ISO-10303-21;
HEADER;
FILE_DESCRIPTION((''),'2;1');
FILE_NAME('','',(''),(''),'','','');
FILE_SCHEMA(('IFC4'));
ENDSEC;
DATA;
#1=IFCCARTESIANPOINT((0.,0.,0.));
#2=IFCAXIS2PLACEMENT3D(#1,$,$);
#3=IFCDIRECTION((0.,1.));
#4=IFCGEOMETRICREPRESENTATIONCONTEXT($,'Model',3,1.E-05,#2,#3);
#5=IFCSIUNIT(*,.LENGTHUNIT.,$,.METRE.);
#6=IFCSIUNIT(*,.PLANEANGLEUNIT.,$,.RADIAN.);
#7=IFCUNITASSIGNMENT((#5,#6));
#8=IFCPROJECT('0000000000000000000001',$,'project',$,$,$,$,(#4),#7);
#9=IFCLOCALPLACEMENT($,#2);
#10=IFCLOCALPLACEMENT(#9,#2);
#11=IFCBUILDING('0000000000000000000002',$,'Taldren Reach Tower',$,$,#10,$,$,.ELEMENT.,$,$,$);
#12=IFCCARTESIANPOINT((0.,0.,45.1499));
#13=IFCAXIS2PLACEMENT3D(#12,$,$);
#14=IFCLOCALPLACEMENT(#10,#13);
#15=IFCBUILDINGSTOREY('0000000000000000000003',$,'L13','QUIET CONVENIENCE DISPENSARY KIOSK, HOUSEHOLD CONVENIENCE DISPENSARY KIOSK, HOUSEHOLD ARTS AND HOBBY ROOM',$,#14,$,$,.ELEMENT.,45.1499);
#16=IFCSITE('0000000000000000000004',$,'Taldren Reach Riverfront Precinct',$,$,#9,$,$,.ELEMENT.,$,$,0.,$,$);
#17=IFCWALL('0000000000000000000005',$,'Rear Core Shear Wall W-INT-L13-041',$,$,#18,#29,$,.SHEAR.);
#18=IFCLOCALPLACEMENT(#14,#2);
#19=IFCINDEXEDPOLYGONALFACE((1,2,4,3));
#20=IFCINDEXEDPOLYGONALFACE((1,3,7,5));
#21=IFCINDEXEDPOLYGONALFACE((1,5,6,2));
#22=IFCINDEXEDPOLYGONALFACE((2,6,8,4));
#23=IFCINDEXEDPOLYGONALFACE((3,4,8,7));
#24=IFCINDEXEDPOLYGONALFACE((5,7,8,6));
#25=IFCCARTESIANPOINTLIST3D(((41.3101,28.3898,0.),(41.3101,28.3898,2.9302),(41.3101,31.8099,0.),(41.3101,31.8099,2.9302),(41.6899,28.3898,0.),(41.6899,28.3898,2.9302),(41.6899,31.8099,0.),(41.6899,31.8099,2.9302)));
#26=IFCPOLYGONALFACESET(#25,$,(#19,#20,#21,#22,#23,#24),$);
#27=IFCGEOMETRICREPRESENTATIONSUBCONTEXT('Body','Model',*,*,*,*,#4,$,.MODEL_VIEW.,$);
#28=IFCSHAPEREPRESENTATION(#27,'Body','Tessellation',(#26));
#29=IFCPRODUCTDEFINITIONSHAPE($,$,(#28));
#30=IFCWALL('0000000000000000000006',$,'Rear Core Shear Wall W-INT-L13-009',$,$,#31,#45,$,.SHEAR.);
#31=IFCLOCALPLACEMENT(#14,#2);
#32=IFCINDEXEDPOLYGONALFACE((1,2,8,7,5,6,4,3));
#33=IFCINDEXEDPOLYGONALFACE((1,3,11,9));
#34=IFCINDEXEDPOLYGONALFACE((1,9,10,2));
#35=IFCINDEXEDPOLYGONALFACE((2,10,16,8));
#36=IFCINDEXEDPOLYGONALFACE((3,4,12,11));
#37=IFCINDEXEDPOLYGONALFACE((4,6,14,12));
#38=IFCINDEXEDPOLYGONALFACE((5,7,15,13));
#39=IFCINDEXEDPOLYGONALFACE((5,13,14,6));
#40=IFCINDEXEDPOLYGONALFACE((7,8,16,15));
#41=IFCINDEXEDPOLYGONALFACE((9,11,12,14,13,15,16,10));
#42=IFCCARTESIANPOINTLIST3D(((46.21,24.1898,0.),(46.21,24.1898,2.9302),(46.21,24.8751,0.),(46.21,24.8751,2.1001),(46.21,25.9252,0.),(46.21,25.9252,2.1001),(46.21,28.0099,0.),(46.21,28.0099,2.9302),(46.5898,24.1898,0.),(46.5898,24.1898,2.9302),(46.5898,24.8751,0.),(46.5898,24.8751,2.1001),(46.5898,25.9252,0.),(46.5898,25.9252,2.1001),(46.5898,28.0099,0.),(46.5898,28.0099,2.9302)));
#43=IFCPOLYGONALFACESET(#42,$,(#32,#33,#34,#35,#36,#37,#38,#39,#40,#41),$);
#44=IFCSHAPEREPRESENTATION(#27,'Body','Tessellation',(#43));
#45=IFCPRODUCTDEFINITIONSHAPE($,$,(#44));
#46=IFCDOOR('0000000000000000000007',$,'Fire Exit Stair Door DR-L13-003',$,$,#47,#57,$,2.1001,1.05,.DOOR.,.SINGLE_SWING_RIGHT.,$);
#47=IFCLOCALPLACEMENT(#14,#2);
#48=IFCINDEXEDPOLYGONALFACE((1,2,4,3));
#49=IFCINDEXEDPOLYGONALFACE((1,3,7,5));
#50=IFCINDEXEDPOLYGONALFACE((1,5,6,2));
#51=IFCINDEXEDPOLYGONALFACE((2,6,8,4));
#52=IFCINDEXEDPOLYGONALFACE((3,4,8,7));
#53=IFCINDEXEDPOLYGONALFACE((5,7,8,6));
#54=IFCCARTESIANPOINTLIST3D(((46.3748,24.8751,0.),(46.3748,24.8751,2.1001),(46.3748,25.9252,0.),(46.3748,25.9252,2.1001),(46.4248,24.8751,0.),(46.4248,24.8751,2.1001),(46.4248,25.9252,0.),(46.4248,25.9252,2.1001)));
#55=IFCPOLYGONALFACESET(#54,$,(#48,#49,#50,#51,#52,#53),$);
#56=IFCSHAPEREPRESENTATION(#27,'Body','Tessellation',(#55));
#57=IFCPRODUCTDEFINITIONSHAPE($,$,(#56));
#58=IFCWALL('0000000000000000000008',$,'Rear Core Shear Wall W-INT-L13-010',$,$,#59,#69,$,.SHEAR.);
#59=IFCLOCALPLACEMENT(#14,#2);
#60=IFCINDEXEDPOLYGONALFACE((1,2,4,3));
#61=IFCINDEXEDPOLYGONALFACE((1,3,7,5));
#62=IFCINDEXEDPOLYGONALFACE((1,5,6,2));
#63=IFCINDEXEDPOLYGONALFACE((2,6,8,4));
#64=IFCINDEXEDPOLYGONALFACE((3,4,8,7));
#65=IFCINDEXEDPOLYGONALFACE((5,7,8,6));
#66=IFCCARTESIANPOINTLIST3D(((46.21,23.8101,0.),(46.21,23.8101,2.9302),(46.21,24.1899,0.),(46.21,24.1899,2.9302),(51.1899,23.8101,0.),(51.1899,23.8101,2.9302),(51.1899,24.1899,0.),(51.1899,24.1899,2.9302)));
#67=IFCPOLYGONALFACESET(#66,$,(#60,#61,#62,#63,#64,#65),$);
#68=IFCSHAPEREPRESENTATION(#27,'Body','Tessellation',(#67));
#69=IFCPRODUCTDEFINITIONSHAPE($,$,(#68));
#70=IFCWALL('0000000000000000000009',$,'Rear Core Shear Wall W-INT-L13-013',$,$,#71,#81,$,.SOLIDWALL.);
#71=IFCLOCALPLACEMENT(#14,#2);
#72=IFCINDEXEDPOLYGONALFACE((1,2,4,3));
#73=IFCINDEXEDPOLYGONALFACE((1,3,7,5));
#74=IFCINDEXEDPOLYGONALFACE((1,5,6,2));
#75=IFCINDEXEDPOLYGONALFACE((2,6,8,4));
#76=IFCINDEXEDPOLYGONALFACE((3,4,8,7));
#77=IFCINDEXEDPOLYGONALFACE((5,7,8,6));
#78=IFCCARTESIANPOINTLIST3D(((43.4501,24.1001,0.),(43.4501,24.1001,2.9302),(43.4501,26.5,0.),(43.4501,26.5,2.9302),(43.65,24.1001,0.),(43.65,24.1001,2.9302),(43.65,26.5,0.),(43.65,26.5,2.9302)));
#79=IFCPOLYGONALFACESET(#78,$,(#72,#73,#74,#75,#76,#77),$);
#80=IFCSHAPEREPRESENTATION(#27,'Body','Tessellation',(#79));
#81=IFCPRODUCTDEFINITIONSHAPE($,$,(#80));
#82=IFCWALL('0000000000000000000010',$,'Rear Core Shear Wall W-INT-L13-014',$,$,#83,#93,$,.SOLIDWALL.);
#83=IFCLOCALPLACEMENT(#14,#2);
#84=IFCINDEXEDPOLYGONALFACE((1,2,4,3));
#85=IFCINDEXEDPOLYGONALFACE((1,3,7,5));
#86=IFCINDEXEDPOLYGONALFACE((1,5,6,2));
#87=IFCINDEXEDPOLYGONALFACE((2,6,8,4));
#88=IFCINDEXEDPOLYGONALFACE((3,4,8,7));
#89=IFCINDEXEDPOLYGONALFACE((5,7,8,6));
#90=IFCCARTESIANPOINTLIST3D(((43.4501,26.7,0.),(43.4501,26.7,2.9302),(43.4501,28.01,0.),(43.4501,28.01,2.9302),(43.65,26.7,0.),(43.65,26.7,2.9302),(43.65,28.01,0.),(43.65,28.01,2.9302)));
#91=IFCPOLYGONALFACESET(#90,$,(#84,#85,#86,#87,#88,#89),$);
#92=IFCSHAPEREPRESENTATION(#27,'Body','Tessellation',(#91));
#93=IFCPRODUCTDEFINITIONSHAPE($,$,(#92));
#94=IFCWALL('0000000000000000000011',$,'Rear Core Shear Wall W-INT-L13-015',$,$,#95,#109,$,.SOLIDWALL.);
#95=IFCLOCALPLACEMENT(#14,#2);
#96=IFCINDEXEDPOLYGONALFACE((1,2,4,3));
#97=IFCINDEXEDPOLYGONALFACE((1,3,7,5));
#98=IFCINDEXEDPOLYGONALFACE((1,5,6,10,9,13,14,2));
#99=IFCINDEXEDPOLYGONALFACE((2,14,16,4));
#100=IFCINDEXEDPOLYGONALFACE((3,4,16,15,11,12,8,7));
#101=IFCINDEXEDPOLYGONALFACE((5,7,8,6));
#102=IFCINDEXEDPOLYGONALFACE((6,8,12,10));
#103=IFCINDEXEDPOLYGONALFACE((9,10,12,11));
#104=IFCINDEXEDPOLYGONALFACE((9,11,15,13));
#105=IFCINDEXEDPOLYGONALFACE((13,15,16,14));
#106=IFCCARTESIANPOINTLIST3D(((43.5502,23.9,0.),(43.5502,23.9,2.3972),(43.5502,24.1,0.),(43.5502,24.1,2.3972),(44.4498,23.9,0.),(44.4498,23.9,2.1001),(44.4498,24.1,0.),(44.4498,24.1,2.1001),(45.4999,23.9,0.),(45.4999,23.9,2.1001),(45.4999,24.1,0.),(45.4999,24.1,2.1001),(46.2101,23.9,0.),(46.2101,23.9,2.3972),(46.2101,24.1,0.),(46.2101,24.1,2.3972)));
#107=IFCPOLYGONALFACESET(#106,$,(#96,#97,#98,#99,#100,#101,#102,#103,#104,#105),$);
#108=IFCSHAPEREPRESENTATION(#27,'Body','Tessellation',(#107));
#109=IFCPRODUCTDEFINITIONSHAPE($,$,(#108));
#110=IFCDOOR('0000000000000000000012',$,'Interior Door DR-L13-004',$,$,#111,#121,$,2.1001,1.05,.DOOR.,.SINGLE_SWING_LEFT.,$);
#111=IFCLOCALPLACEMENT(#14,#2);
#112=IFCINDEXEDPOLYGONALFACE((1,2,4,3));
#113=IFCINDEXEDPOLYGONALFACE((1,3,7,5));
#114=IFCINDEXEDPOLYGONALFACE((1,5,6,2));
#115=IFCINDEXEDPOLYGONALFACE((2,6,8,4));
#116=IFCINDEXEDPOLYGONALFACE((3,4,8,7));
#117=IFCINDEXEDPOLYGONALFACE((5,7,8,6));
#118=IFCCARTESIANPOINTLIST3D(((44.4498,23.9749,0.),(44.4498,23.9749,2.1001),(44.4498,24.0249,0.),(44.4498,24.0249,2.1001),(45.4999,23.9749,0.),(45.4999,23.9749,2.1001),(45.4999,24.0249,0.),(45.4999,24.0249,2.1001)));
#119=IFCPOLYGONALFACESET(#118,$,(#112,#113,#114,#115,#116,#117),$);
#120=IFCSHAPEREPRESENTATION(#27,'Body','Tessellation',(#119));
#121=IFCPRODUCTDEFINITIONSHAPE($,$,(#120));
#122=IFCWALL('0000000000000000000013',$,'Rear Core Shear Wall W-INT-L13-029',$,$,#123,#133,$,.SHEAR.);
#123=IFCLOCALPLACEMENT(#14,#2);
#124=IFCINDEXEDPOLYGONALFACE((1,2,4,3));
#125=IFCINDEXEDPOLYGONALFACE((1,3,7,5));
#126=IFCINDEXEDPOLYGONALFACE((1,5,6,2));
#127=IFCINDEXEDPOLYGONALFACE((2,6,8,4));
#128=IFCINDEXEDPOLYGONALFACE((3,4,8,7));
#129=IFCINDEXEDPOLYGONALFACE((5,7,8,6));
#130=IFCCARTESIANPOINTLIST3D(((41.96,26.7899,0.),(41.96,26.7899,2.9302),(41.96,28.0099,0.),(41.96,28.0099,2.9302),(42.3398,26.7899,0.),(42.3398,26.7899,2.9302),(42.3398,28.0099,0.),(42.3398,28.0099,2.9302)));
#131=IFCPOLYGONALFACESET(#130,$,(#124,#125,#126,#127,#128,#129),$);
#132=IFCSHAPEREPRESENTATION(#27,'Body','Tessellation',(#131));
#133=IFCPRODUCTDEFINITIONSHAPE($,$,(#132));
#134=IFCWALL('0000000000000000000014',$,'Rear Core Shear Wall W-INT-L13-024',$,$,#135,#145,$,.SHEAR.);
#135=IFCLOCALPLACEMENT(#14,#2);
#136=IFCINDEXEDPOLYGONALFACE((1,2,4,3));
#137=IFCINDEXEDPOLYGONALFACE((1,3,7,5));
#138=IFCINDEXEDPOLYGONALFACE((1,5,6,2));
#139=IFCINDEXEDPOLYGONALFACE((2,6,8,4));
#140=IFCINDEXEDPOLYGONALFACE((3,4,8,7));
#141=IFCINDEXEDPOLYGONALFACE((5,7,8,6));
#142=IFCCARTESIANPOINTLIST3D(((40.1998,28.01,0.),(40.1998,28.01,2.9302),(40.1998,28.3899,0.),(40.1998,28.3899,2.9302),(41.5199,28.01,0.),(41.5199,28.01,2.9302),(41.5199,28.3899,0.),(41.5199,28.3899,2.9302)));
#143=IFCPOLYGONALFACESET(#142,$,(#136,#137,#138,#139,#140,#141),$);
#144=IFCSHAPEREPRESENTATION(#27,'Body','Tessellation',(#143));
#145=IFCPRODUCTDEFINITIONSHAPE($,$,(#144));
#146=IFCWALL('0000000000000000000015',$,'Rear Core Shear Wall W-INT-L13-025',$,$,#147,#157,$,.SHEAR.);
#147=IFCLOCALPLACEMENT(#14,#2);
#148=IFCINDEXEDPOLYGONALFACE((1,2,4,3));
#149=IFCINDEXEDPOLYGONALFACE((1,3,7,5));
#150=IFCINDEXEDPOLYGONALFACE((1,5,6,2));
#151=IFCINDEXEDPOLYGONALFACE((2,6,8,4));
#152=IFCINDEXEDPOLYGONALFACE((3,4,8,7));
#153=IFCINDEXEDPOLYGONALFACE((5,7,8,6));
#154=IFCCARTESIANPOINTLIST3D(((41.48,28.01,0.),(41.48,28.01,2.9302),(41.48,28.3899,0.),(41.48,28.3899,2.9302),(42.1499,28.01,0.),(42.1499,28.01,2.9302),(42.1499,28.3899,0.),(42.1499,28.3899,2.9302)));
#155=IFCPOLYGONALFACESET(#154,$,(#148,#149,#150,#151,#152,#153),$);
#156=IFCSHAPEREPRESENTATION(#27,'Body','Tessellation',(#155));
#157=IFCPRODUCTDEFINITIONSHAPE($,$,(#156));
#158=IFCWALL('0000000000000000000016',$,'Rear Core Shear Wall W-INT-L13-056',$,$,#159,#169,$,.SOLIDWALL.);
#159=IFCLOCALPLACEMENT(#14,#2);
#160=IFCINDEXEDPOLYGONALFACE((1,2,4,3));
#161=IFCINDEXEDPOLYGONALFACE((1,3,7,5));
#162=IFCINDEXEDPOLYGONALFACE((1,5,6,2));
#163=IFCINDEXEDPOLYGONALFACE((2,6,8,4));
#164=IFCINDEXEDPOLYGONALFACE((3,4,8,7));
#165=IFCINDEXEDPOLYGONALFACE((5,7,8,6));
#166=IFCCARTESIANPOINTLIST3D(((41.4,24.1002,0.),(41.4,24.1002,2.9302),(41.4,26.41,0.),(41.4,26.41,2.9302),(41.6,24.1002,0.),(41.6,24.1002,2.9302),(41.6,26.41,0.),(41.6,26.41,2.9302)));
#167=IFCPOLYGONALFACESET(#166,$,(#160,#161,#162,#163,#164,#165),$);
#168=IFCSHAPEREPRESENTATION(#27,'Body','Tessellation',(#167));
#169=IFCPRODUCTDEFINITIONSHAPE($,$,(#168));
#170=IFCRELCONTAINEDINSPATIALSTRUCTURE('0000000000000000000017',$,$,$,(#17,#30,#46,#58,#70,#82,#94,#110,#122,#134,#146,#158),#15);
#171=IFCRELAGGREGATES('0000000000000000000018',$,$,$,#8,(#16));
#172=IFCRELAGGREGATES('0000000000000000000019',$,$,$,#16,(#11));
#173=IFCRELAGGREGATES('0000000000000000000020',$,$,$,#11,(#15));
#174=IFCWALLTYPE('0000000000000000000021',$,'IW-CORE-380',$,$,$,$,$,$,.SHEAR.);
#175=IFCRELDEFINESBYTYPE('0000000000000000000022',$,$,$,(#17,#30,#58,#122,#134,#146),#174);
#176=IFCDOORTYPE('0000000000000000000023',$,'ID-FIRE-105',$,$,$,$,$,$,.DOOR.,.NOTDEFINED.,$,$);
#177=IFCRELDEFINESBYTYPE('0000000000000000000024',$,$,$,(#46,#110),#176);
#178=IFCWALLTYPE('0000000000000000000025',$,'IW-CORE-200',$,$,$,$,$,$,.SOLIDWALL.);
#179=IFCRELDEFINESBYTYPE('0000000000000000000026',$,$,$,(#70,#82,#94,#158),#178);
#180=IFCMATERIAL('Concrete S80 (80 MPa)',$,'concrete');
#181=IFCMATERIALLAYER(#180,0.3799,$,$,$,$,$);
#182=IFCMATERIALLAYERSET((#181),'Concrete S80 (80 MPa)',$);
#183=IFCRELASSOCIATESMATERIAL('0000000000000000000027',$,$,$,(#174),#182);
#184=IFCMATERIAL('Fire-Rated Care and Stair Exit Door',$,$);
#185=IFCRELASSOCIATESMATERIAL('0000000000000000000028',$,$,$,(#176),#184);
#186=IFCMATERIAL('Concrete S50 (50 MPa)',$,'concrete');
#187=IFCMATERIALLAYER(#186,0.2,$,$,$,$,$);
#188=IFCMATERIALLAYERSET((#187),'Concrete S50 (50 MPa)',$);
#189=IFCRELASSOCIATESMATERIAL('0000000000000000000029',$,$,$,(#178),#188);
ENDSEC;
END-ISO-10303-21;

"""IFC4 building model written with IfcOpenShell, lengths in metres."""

from ifc_helpers import new_model, si_unit, direction, frame, frame_2d, origin, place, context, subcontext, project, spatial, rectangle, extrude, source, transform, mapped, material, layer, layer_set, type_object, element, fill, save


model = new_model("IFC4")

# Units and contexts
model_context = context("Model", 3, precision=1e-05, world=origin(), true_north=direction((0.0, 1.0)))
body_context = subcontext(model_context, "Body", "Model", "MODEL_VIEW")
ifc_project = project(units=[si_unit("LENGTHUNIT", "METRE"), si_unit("PLANEANGLEUNIT", "RADIAN")], contexts=[model_context])

# Site, building, storey
site_placement = place(None, origin())
site = spatial("IfcSite", under=ifc_project, at=site_placement, Name="Taldren Reach Riverfront Precinct", CompositionType="ELEMENT", RefElevation=0.0)
building_placement = place(site_placement, origin())
building = spatial("IfcBuilding", under=site, at=building_placement, Name="Taldren Reach Tower", CompositionType="ELEMENT")
storey_placement = place(building_placement, frame((0.0, 0.0, 45.1499)))
storey = spatial("IfcBuildingStorey", under=building, at=storey_placement, Name="L13", Description="QUIET CONVENIENCE DISPENSARY KIOSK, HOUSEHOLD CONVENIENCE DISPENSARY KIOSK, HOUSEHOLD ARTS AND HOBBY ROOM", CompositionType="ELEMENT", Elevation=45.1499)

# Wall
ifc_material_1 = material(Name="Concrete S80 (80 MPa)", Category="concrete")
ifc_layer_1 = layer(ifc_material_1, 0.3799)
ifc_layer_set_1 = layer_set([ifc_layer_1], Name="Concrete S80 (80 MPa)")
wall_type_1 = type_object("IfcWallType", Name="IW-CORE-380", PredefinedType="SHEAR", material=ifc_layer_set_1)
shared_shape_1 = source(origin(), body_context, "Body", "SweptSolid", [
    extrude(rectangle(XDim=3.4202, YDim=0.3799, at=frame_2d((1.71, 0.0))), origin(), (0.0, 0.0, 1.0), 2.9302),
])
wall_1_placement = place(storey_placement, frame((41.5, 28.3899, 0.0), z_axis=(0.0, 0.0, 1.0), x_axis=(0.0, 1.0, 0.0)))
element("IfcWall", 1, at=wall_1_placement, inside=storey, type_object=wall_type_1, Name="Rear Core Shear Wall W-INT-L13-041", PredefinedType="SHEAR", context=body_context, shape_type="MappedRepresentation", body=[
    mapped(shared_shape_1, transform((0.0, 0.0, 0.0), scale=1.0)),
])

# Wall, opening, door
shared_shape_2 = source(origin(), body_context, "Body", "SweptSolid", [
    extrude(rectangle(XDim=3.8201, YDim=0.3799, at=frame_2d((1.9102, 0.0))), origin(), (0.0, 0.0, 1.0), 2.9302),
])
wall_2_placement = place(storey_placement, frame((46.3999, 28.01, 0.0), z_axis=(0.0, 0.0, 1.0), x_axis=(0.0, -1.0, 0.0)))
wall_2 = element("IfcWall", 2, at=wall_2_placement, inside=storey, type_object=wall_type_1, Name="Rear Core Shear Wall W-INT-L13-009", PredefinedType="SHEAR", context=body_context, shape_type="MappedRepresentation", body=[
    mapped(shared_shape_2, transform((0.0, 0.0, 0.0), scale=1.0)),
])
shared_shape_3 = source(origin(), body_context, "Body", "SweptSolid", [
    extrude(rectangle(XDim=1.05, YDim=2.1001, at=frame_2d((0.5249, 1.05))), frame((0.0, 0.2, 0.0), z_axis=(0.0, -1.0, 0.0), x_axis=(1.0, 0.0, 0.0)), (0.0, 0.0, 1.0), 0.3999),
])
opening_1_placement = place(wall_2_placement, frame((2.085, 0.0, 0.0)))
opening_1 = element("IfcOpeningElement", 3, at=opening_1_placement, cuts=wall_2, PredefinedType="OPENING", context=body_context, shape_type="MappedRepresentation", body=[
    mapped(shared_shape_3, transform((0.0, 0.0, 0.0), scale=1.0)),
])
ifc_material_2 = material(Name="Fire-Rated Care and Stair Exit Door")
door_type_1 = type_object("IfcDoorType", Name="ID-FIRE-105", OperationType="NOTDEFINED", PredefinedType="DOOR", material=ifc_material_2)
shared_shape_4 = source(origin(), body_context, "Body", "SweptSolid", [
    extrude(rectangle(XDim=1.05, YDim=2.1001, at=frame_2d((0.5249, 1.05))), frame((0.0, 0.0249, 0.0), z_axis=(0.0, -1.0, 0.0), x_axis=(1.0, 0.0, 0.0)), (0.0, 0.0, 1.0), 0.05),
])
door_1_placement = place(opening_1_placement, origin())
door_1 = element("IfcDoor", 4, at=door_1_placement, inside=storey, type_object=door_type_1, Name="Fire Exit Stair Door DR-L13-003", OperationType="SINGLE_SWING_RIGHT", OverallHeight=2.1001, OverallWidth=1.05, PredefinedType="DOOR", context=body_context, shape_type="MappedRepresentation", body=[
    mapped(shared_shape_4, transform((0.0, 0.0, 0.0), scale=1.0)),
])
fill(opening_1, door_1)

# Wall
shared_shape_5 = source(origin(), body_context, "Body", "SweptSolid", [
    extrude(rectangle(XDim=4.98, YDim=0.3799, at=frame_2d((2.49, 0.0))), origin(), (0.0, 0.0, 1.0), 2.9302),
])
wall_3_placement = place(storey_placement, frame((46.21, 24.0, 0.0), z_axis=(0.0, 0.0, 1.0), x_axis=(1.0, 0.0, 0.0)))
element("IfcWall", 5, at=wall_3_placement, inside=storey, type_object=wall_type_1, Name="Rear Core Shear Wall W-INT-L13-010", PredefinedType="SHEAR", context=body_context, shape_type="MappedRepresentation", body=[
    mapped(shared_shape_5, transform((0.0, 0.0, 0.0), scale=1.0)),
])

# Walls
ifc_material_3 = material(Name="Concrete S50 (50 MPa)", Category="concrete")
ifc_layer_2 = layer(ifc_material_3, 0.2)
ifc_layer_set_2 = layer_set([ifc_layer_2], Name="Concrete S50 (50 MPa)")
wall_type_2 = type_object("IfcWallType", Name="IW-CORE-200", PredefinedType="SOLIDWALL", material=ifc_layer_set_2)
shared_shape_6 = source(origin(), body_context, "Body", "SweptSolid", [
    extrude(rectangle(XDim=2.3999, YDim=0.2, at=frame_2d((1.2, 0.0))), origin(), (0.0, 0.0, 1.0), 2.9302),
])
wall_4_placement = place(storey_placement, frame((43.55, 26.5, 0.0), z_axis=(0.0, 0.0, 1.0), x_axis=(0.0, -1.0, 0.0)))
element("IfcWall", 6, at=wall_4_placement, inside=storey, type_object=wall_type_2, Name="Rear Core Shear Wall W-INT-L13-013", PredefinedType="SOLIDWALL", context=body_context, shape_type="MappedRepresentation", body=[
    mapped(shared_shape_6, transform((0.0, 0.0, 0.0), scale=1.0)),
])
shared_shape_7 = source(origin(), body_context, "Body", "SweptSolid", [
    extrude(rectangle(XDim=1.3101, YDim=0.2, at=frame_2d((0.655, 0.0))), origin(), (0.0, 0.0, 1.0), 2.9302),
])
wall_5_placement = place(storey_placement, frame((43.55, 28.01, 0.0), z_axis=(0.0, 0.0, 1.0), x_axis=(0.0, -1.0, 0.0)))
element("IfcWall", 7, at=wall_5_placement, inside=storey, type_object=wall_type_2, Name="Rear Core Shear Wall W-INT-L13-014", PredefinedType="SOLIDWALL", context=body_context, shape_type="MappedRepresentation", body=[
    mapped(shared_shape_7, transform((0.0, 0.0, 0.0), scale=1.0)),
])

# Wall, opening, door
shared_shape_8 = source(origin(), body_context, "Body", "SweptSolid", [
    extrude(rectangle(XDim=2.6599, YDim=0.2, at=frame_2d((1.3301, 0.0))), origin(), (0.0, 0.0, 1.0), 2.3972),
])
wall_6_placement = place(storey_placement, frame((43.55, 24.0, 0.0), z_axis=(0.0, 0.0, 1.0), x_axis=(1.0, 0.0, 0.0)))
wall_6 = element("IfcWall", 8, at=wall_6_placement, inside=storey, type_object=wall_type_2, Name="Rear Core Shear Wall W-INT-L13-015", PredefinedType="SOLIDWALL", context=body_context, shape_type="MappedRepresentation", body=[
    mapped(shared_shape_8, transform((0.0, 0.0, 0.0), scale=1.0)),
])
shared_shape_9 = source(origin(), body_context, "Body", "SweptSolid", [
    extrude(rectangle(XDim=1.05, YDim=2.1001, at=frame_2d((0.5249, 1.05))), frame((0.0, 0.1099, 0.0), z_axis=(0.0, -1.0, 0.0), x_axis=(1.0, 0.0, 0.0)), (0.0, 0.0, 1.0), 0.22),
])
opening_2_placement = place(wall_6_placement, frame((0.8999, 0.0, 0.0)))
opening_2 = element("IfcOpeningElement", 9, at=opening_2_placement, cuts=wall_6, PredefinedType="OPENING", context=body_context, shape_type="MappedRepresentation", body=[
    mapped(shared_shape_9, transform((0.0, 0.0, 0.0), scale=1.0)),
])
door_2_placement = place(opening_2_placement, origin())
door_2 = element("IfcDoor", 10, at=door_2_placement, inside=storey, type_object=door_type_1, Name="Interior Door DR-L13-004", OperationType="SINGLE_SWING_LEFT", OverallHeight=2.1001, OverallWidth=1.05, PredefinedType="DOOR", context=body_context, shape_type="MappedRepresentation", body=[
    mapped(shared_shape_4, transform((0.0, 0.0, 0.0), scale=1.0)),
])
fill(opening_2, door_2)

# Walls
shared_shape_10 = source(origin(), body_context, "Body", "SweptSolid", [
    extrude(rectangle(XDim=1.22, YDim=0.3799, at=frame_2d((0.6099, 0.0))), origin(), (0.0, 0.0, 1.0), 2.9302),
])
wall_7_placement = place(storey_placement, frame((42.1499, 26.79, 0.0), z_axis=(0.0, 0.0, 1.0), x_axis=(0.0, 1.0, 0.0)))
element("IfcWall", 11, at=wall_7_placement, inside=storey, type_object=wall_type_1, Name="Rear Core Shear Wall W-INT-L13-029", PredefinedType="SHEAR", context=body_context, shape_type="MappedRepresentation", body=[
    mapped(shared_shape_10, transform((0.0, 0.0, 0.0), scale=1.0)),
])
shared_shape_11 = source(origin(), body_context, "Body", "SweptSolid", [
    extrude(rectangle(XDim=1.3201, YDim=0.3799, at=frame_2d((0.6602, 0.0))), origin(), (0.0, 0.0, 1.0), 2.9302),
])
wall_8_placement = place(storey_placement, frame((41.52, 28.2, 0.0), z_axis=(0.0, 0.0, 1.0), x_axis=(-1.0, 0.0, 0.0)))
element("IfcWall", 12, at=wall_8_placement, inside=storey, type_object=wall_type_1, Name="Rear Core Shear Wall W-INT-L13-024", PredefinedType="SHEAR", context=body_context, shape_type="MappedRepresentation", body=[
    mapped(shared_shape_11, transform((0.0, 0.0, 0.0), scale=1.0)),
])
shared_shape_12 = source(origin(), body_context, "Body", "SweptSolid", [
    extrude(rectangle(XDim=0.6699, YDim=0.3799, at=frame_2d((0.335, 0.0))), origin(), (0.0, 0.0, 1.0), 2.9302),
])
wall_9_placement = place(storey_placement, frame((42.1499, 28.2, 0.0), z_axis=(0.0, 0.0, 1.0), x_axis=(-1.0, 0.0, 0.0)))
element("IfcWall", 13, at=wall_9_placement, inside=storey, type_object=wall_type_1, Name="Rear Core Shear Wall W-INT-L13-025", PredefinedType="SHEAR", context=body_context, shape_type="MappedRepresentation", body=[
    mapped(shared_shape_12, transform((0.0, 0.0, 0.0), scale=1.0)),
])
shared_shape_13 = source(origin(), body_context, "Body", "SweptSolid", [
    extrude(rectangle(XDim=2.3098, YDim=0.2, at=frame_2d((1.1548, 0.0))), origin(), (0.0, 0.0, 1.0), 2.9302),
])
wall_10_placement = place(storey_placement, frame((41.5, 26.4099, 0.0), z_axis=(0.0, 0.0, 1.0), x_axis=(0.0, -1.0, 0.0)))
element("IfcWall", 14, at=wall_10_placement, inside=storey, type_object=wall_type_2, Name="Rear Core Shear Wall W-INT-L13-056", PredefinedType="SOLIDWALL", context=body_context, shape_type="MappedRepresentation", body=[
    mapped(shared_shape_13, transform((0.0, 0.0, 0.0), scale=1.0)),
])

save(model, "model.ifc")
